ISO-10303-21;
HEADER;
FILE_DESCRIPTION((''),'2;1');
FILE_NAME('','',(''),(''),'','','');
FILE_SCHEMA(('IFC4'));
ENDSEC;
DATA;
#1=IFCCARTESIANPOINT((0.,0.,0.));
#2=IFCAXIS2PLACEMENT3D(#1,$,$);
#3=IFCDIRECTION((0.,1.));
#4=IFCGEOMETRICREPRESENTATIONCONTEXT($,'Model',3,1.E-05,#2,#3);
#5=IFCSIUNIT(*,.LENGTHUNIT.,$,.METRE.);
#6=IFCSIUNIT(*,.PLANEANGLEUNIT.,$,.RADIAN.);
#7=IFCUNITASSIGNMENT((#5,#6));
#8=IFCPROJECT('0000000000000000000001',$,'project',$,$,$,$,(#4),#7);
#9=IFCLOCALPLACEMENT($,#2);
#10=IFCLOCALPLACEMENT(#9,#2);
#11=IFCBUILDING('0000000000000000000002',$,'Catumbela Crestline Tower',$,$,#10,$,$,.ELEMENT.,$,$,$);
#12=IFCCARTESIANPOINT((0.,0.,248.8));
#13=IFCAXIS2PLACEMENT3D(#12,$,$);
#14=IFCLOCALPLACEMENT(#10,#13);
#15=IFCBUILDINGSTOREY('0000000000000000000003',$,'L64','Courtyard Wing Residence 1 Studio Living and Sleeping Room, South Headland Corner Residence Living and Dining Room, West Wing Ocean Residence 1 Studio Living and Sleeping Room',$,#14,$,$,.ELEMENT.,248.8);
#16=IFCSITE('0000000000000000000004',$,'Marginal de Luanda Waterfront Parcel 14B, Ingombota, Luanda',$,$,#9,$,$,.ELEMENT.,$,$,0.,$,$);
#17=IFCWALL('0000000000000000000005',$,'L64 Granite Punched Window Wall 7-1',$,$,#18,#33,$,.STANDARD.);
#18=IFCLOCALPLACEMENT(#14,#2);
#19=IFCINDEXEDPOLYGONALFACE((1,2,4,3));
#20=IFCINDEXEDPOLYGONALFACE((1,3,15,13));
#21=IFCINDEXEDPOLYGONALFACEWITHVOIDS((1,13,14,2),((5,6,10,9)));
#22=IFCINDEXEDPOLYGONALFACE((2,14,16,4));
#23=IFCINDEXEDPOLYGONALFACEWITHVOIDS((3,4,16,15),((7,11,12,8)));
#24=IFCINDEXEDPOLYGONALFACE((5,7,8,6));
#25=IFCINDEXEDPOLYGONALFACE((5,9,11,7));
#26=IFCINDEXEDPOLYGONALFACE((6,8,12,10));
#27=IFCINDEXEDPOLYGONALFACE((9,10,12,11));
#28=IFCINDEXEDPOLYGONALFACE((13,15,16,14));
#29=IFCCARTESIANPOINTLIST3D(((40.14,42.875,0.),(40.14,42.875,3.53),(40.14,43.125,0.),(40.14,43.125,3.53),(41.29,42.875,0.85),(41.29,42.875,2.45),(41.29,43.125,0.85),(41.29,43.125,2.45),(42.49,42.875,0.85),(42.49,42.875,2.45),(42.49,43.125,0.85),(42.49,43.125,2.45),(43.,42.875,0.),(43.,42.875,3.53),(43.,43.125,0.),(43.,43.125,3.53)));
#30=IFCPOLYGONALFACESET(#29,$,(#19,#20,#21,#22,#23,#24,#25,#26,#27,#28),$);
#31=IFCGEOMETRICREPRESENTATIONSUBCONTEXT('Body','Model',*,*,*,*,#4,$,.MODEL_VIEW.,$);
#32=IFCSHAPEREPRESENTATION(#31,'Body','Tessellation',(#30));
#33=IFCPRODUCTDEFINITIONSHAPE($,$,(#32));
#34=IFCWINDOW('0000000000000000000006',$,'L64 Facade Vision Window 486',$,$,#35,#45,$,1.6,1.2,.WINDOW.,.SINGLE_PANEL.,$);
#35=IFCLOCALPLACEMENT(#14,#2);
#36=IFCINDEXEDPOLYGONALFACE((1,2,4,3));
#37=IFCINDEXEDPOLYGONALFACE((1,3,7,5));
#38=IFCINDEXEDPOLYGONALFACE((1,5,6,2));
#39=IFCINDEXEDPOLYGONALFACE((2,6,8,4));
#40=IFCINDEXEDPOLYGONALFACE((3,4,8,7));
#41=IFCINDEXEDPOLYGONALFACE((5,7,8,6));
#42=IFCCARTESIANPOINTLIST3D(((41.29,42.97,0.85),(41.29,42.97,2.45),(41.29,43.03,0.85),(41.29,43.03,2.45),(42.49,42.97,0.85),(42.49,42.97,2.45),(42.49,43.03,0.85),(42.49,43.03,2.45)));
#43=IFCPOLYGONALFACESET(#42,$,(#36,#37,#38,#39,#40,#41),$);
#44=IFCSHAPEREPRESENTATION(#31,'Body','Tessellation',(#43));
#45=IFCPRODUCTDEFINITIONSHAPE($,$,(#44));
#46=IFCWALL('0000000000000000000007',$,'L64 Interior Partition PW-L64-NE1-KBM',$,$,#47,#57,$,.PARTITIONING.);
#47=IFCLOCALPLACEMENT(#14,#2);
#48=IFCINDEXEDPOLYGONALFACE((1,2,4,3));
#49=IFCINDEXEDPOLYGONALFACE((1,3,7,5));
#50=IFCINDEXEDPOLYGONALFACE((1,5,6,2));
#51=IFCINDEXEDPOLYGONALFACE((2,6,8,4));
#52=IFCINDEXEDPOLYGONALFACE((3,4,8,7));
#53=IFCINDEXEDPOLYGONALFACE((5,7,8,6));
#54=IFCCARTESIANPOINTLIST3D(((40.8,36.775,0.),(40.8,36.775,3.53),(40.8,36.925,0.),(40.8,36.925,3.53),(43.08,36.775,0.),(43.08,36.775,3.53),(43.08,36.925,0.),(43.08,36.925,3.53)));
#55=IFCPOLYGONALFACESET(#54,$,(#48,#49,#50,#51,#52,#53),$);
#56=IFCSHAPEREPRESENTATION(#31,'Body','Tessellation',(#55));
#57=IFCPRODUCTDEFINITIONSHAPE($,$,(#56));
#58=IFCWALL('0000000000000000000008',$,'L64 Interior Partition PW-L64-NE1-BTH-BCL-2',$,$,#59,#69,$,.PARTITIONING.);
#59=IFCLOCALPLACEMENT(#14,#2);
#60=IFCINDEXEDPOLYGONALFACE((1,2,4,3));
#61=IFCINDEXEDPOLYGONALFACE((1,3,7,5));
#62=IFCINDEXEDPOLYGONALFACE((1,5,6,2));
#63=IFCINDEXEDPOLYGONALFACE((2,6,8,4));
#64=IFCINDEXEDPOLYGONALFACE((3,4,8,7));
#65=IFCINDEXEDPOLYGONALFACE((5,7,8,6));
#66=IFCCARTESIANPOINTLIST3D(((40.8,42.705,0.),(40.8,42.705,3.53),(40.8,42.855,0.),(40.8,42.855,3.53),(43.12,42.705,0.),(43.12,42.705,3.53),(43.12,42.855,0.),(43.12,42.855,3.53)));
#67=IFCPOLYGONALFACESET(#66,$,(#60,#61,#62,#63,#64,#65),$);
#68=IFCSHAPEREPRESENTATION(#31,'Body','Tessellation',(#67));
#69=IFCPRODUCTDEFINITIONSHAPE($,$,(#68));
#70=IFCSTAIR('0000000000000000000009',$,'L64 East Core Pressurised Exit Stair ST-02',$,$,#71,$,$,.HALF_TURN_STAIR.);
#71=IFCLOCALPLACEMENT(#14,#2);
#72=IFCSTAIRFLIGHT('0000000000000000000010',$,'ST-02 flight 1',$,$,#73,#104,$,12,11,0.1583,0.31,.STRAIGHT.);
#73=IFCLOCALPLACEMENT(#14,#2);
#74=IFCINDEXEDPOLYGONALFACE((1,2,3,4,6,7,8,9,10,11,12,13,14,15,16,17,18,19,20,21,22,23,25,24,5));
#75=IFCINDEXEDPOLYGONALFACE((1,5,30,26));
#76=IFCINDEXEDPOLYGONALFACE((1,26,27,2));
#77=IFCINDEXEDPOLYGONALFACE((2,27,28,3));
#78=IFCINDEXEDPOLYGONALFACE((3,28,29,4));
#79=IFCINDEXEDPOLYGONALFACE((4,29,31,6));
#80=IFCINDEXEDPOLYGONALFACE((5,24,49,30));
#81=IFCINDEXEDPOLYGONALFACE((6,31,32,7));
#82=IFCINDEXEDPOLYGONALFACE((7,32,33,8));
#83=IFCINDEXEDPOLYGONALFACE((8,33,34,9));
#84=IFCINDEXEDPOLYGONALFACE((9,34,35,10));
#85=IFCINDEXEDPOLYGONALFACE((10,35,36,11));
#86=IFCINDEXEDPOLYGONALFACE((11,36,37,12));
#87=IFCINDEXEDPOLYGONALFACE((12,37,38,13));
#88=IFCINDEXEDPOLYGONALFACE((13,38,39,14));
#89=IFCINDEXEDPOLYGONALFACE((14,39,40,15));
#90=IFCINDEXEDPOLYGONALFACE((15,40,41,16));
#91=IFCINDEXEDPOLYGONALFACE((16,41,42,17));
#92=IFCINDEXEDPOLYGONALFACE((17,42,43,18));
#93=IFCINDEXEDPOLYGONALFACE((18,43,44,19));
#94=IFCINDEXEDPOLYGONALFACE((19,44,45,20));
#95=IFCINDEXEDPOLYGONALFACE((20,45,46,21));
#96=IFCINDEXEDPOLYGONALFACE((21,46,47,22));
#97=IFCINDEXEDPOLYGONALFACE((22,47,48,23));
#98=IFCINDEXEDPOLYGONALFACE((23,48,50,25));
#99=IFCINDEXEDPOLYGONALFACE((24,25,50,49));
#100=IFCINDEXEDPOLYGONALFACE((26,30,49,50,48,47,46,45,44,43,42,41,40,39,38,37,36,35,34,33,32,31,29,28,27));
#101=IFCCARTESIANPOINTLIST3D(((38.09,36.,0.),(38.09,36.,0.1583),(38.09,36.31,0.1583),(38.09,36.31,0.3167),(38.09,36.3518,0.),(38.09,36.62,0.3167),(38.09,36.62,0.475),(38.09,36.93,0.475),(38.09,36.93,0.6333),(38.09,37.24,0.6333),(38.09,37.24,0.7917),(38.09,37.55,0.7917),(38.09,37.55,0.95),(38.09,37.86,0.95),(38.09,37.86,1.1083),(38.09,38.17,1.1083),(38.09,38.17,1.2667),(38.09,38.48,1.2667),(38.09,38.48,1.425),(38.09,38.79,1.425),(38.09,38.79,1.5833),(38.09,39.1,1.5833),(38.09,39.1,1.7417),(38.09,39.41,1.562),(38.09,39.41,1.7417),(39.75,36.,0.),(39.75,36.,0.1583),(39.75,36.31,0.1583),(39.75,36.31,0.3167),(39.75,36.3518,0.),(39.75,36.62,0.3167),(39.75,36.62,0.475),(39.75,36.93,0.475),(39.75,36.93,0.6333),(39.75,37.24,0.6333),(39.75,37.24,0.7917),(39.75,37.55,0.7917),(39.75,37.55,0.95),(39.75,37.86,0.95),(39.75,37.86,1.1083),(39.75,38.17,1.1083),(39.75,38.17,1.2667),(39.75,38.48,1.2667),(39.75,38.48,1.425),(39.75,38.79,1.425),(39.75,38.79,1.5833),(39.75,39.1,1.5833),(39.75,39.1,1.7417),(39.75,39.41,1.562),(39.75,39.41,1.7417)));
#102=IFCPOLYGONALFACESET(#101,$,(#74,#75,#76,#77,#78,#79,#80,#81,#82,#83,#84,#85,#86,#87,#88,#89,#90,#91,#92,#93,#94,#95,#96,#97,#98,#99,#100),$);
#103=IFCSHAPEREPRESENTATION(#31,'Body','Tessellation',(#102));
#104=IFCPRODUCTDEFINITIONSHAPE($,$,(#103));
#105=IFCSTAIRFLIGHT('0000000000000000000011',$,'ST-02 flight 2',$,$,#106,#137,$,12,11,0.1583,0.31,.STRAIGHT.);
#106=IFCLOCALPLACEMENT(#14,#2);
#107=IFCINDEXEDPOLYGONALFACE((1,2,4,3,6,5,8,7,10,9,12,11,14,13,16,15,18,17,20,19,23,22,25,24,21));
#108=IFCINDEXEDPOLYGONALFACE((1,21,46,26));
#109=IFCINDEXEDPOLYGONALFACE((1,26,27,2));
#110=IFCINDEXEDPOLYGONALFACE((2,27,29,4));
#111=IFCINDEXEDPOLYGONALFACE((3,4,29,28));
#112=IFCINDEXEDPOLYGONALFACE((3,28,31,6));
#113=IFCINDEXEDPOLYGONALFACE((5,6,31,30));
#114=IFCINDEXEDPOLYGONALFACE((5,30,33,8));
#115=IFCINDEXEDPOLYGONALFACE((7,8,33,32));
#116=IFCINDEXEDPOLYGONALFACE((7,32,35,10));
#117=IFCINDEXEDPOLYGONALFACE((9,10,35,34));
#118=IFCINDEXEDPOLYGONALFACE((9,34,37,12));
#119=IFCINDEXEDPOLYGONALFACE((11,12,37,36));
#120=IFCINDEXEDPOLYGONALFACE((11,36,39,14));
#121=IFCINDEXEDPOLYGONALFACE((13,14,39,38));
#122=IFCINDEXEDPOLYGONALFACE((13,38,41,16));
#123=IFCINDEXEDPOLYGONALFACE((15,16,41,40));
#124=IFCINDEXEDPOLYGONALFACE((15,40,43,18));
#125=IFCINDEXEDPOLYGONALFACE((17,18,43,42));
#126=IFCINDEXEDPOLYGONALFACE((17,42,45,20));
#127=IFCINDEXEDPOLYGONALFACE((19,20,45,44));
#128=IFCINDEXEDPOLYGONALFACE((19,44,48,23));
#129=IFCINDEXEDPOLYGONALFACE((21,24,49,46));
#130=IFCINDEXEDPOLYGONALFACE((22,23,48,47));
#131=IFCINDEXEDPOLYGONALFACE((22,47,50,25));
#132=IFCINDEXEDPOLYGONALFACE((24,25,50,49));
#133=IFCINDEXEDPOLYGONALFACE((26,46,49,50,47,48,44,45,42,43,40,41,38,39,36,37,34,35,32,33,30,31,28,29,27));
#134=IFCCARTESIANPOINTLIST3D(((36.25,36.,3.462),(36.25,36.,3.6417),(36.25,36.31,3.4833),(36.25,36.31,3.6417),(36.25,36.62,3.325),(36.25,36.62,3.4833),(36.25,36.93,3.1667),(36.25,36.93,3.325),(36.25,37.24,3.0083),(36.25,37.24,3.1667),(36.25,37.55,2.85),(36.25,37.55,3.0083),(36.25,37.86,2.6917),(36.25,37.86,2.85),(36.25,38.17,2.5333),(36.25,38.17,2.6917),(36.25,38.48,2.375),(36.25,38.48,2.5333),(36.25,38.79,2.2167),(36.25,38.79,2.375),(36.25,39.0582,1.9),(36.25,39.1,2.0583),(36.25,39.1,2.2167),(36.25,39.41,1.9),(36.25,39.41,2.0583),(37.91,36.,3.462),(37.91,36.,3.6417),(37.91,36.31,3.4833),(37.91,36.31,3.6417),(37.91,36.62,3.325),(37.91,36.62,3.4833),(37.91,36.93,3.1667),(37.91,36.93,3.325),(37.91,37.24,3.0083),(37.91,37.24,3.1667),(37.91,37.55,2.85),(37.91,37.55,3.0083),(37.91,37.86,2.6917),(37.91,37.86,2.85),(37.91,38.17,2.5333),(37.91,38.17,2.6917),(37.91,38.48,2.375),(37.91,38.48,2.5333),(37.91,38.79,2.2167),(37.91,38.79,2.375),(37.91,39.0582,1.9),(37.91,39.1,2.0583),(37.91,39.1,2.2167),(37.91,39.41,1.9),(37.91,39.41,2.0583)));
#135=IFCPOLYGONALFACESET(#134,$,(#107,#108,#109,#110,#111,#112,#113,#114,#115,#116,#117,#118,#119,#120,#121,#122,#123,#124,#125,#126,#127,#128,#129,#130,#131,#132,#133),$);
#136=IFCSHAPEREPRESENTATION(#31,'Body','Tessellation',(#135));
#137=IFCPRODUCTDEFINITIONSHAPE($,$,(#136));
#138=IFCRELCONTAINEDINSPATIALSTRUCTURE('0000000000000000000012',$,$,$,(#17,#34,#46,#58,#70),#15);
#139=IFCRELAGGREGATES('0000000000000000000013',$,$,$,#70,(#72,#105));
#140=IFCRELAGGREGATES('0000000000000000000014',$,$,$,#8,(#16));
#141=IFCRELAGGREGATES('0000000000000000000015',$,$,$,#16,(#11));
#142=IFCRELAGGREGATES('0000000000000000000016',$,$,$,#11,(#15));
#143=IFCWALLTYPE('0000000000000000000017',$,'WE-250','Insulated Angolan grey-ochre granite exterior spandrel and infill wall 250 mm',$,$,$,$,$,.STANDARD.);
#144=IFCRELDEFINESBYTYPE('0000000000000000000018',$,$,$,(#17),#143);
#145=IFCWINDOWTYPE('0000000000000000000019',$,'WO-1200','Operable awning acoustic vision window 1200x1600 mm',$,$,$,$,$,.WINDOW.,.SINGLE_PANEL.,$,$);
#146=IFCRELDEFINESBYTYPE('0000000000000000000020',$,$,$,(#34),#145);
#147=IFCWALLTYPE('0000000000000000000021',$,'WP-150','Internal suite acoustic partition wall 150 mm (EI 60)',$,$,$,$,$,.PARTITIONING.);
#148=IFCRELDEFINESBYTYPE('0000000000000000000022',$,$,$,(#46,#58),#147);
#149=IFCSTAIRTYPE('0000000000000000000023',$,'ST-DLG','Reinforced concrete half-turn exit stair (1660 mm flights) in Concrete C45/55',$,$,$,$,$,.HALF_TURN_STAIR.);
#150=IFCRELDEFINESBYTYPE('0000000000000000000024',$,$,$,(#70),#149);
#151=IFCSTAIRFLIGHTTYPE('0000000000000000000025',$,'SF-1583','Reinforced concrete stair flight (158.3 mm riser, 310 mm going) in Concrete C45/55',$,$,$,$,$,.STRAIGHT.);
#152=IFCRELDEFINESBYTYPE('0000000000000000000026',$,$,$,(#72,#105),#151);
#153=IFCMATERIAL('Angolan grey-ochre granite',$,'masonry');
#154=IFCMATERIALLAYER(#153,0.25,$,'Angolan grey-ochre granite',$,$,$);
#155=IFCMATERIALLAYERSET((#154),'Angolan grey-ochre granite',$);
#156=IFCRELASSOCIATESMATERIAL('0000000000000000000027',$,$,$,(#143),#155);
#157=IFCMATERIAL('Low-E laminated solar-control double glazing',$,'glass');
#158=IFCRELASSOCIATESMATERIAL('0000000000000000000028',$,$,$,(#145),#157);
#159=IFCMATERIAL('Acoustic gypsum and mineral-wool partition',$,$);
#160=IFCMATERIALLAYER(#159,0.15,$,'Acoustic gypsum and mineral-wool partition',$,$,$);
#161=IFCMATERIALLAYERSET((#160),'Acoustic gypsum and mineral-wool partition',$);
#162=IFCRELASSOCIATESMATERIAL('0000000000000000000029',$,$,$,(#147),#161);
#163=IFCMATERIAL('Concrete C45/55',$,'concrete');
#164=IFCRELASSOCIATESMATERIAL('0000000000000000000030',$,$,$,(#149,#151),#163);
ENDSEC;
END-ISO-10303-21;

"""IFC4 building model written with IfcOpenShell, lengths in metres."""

from ifc_helpers import new_model, si_unit, direction, frame, frame_2d, origin, place, context, subcontext, project, spatial, polyline, rectangle, outline, extrude, material, layer, layer_set, type_object, element, fill, aggregate, save


model = new_model("IFC4")

# Units and contexts
model_context = context("Model", 3, precision=1e-05, world=origin(), true_north=direction((0.0, 1.0)))
body_context = subcontext(model_context, "Body", "Model", "MODEL_VIEW")
ifc_project = project(units=[si_unit("LENGTHUNIT", "METRE"), si_unit("PLANEANGLEUNIT", "RADIAN")], contexts=[model_context])

# Site, building, storey
site_placement = place(None, origin())
site = spatial("IfcSite", under=ifc_project, at=site_placement, Name="Marginal de Luanda Waterfront Parcel 14B, Ingombota, Luanda", CompositionType="ELEMENT", RefElevation=0.0)
building_placement = place(site_placement, origin())
building = spatial("IfcBuilding", under=site, at=building_placement, Name="Catumbela Crestline Tower", CompositionType="ELEMENT")
storey_placement = place(building_placement, frame((0.0, 0.0, 248.8)))
storey = spatial("IfcBuildingStorey", under=building, at=storey_placement, Name="L64", Description="Courtyard Wing Residence 1 Studio Living and Sleeping Room, South Headland Corner Residence Living and Dining Room, West Wing Ocean Residence 1 Studio Living and Sleeping Room", CompositionType="ELEMENT", Elevation=248.8)

# Shared definitions
ifc_material_1 = material(Name="Concrete C45/55", Category="concrete")

# Shared definitions
ifc_material_2 = material(Name="Low-E laminated solar-control double glazing", Category="glass")

# Wall, opening, window
ifc_material_3 = material(Name="Angolan grey-ochre granite", Category="masonry")
ifc_layer_1 = layer(ifc_material_3, 0.25, Name="Angolan grey-ochre granite")
ifc_layer_set_1 = layer_set([ifc_layer_1], Name="Angolan grey-ochre granite")
wall_type_1 = type_object("IfcWallType", Name="WE-250", Description="Insulated Angolan grey-ochre granite exterior spandrel and infill wall 250 mm", PredefinedType="STANDARD", material=ifc_layer_set_1)
wall_1_placement = place(storey_placement, frame((43.0, 43.0, 0.0), z_axis=(0.0, 0.0, 1.0), x_axis=(-1.0, 0.0, 0.0)))
wall_1 = element("IfcWall", 1, at=wall_1_placement, inside=storey, type_object=wall_type_1, Name="L64 Granite Punched Window Wall 7-1", PredefinedType="STANDARD", context=body_context, shape_type="SweptSolid", body=[
    extrude(rectangle(XDim=2.86, YDim=0.25, at=frame_2d((1.43, 0.0))), origin(), (0.0, 0.0, 1.0), 3.53),
])
opening_1_placement = place(wall_1_placement, frame((0.51, 0.0, 0.85)))
opening_1 = element("IfcOpeningElement", 2, at=opening_1_placement, cuts=wall_1, PredefinedType="OPENING", context=body_context, shape_type="SweptSolid", body=[
    extrude(rectangle(XDim=1.2, YDim=1.6, at=frame_2d((0.6, 0.8))), frame((0.0, 0.135, 0.0), z_axis=(0.0, -1.0, 0.0), x_axis=(1.0, 0.0, 0.0)), (0.0, 0.0, 1.0), 0.27),
])
window_type_1 = type_object("IfcWindowType", Name="WO-1200", Description="Operable awning acoustic vision window 1200x1600 mm", PartitioningType="SINGLE_PANEL", PredefinedType="WINDOW", material=ifc_material_2)
window_1_placement = place(opening_1_placement, origin())
window_1 = element("IfcWindow", 3, at=window_1_placement, inside=storey, type_object=window_type_1, Name="L64 Facade Vision Window 486", OverallHeight=1.6, OverallWidth=1.2, PartitioningType="SINGLE_PANEL", PredefinedType="WINDOW", context=body_context, shape_type="SweptSolid", body=[
    extrude(rectangle(XDim=1.2, YDim=1.6, at=frame_2d((0.6, 0.8))), frame((0.0, 0.03, 0.0), z_axis=(0.0, -1.0, 0.0), x_axis=(1.0, 0.0, 0.0)), (0.0, 0.0, 1.0), 0.06),
])
fill(opening_1, window_1)

# Walls
ifc_material_4 = material(Name="Acoustic gypsum and mineral-wool partition")
ifc_layer_2 = layer(ifc_material_4, 0.15, Name="Acoustic gypsum and mineral-wool partition")
ifc_layer_set_2 = layer_set([ifc_layer_2], Name="Acoustic gypsum and mineral-wool partition")
wall_type_2 = type_object("IfcWallType", Name="WP-150", Description="Internal suite acoustic partition wall 150 mm (EI 60)", PredefinedType="PARTITIONING", material=ifc_layer_set_2)
wall_2_placement = place(storey_placement, frame((40.8, 36.85, 0.0), z_axis=(0.0, 0.0, 1.0), x_axis=(1.0, 0.0, 0.0)))
element("IfcWall", 4, at=wall_2_placement, inside=storey, type_object=wall_type_2, Name="L64 Interior Partition PW-L64-NE1-KBM", PredefinedType="PARTITIONING", context=body_context, shape_type="SweptSolid", body=[
    extrude(rectangle(XDim=2.28, YDim=0.15, at=frame_2d((1.14, 0.0))), origin(), (0.0, 0.0, 1.0), 3.53),
])
wall_3_placement = place(storey_placement, frame((40.8, 42.78, 0.0), z_axis=(0.0, 0.0, 1.0), x_axis=(1.0, 0.0, 0.0)))
element("IfcWall", 5, at=wall_3_placement, inside=storey, type_object=wall_type_2, Name="L64 Interior Partition PW-L64-NE1-BTH-BCL-2", PredefinedType="PARTITIONING", context=body_context, shape_type="SweptSolid", body=[
    extrude(rectangle(XDim=2.32, YDim=0.15, at=frame_2d((1.16, 0.0))), origin(), (0.0, 0.0, 1.0), 3.53),
])

# Stair, stair flights
stair_type = type_object("IfcStairType", Name="ST-DLG", Description="Reinforced concrete half-turn exit stair (1660 mm flights) in Concrete C45/55", PredefinedType="HALF_TURN_STAIR", material=ifc_material_1)
stair_placement = place(storey_placement, origin())
stair = element("IfcStair", 6, at=stair_placement, inside=storey, type_object=stair_type, Name="L64 East Core Pressurised Exit Stair ST-02", PredefinedType="HALF_TURN_STAIR")
stair_flight_type = type_object("IfcStairFlightType", Name="SF-1583", Description="Reinforced concrete stair flight (158.3 mm riser, 310 mm going) in Concrete C45/55", PredefinedType="STRAIGHT", material=ifc_material_1)
stair_flight_1_placement = place(storey_placement, frame((38.92, 36.0, 0.0), z_axis=(0.0, 0.0, 1.0), x_axis=(0.0, 1.0, 0.0)))
stair_flight_1 = element("IfcStairFlight", 7, at=stair_flight_1_placement, type_object=stair_flight_type, Name="ST-02 flight 1", NumberOfRisers=12, NumberOfTreads=11, PredefinedType="STRAIGHT", RiserHeight=0.1583, TreadLength=0.31, context=body_context, shape_type="SweptSolid", body=[
    extrude(outline(polyline([(0.0, 0.0), (0.0, 0.1583), (0.31, 0.1583), (0.31, 0.3167), (0.62, 0.3167), (0.62, 0.475), (0.93, 0.475), (0.93, 0.6333), (1.24, 0.6333), (1.24, 0.7917), (1.55, 0.7917), (1.55, 0.95), (1.86, 0.95), (1.86, 1.1083), (2.17, 1.1083), (2.17, 1.2667), (2.48, 1.2667), (2.48, 1.425), (2.79, 1.425), (2.79, 1.5833), (3.1, 1.5833), (3.1, 1.7417), (3.41, 1.7417), (3.41, 1.9), (3.41, 1.562), (0.3518, 0.0), (0.0, 0.0)])), frame((0.0, 0.83, 0.0), z_axis=(0.0, -1.0, 0.0), x_axis=(1.0, 0.0, 0.0)), (0.0, 0.0, 1.0), 1.66),
])
stair_flight_2_placement = place(storey_placement, frame((37.08, 39.41, 1.9), z_axis=(0.0, 0.0, 1.0), x_axis=(0.0, -1.0, 0.0)))
stair_flight_2 = element("IfcStairFlight", 8, at=stair_flight_2_placement, type_object=stair_flight_type, Name="ST-02 flight 2", NumberOfRisers=12, NumberOfTreads=11, PredefinedType="STRAIGHT", RiserHeight=0.1583, TreadLength=0.31, context=body_context, shape_type="SweptSolid", body=[
    extrude(outline(polyline([(0.0, 0.0), (0.0, 0.1583), (0.31, 0.1583), (0.31, 0.3167), (0.62, 0.3167), (0.62, 0.475), (0.93, 0.475), (0.93, 0.6333), (1.24, 0.6333), (1.24, 0.7917), (1.55, 0.7917), (1.55, 0.95), (1.86, 0.95), (1.86, 1.1083), (2.17, 1.1083), (2.17, 1.2667), (2.48, 1.2667), (2.48, 1.425), (2.79, 1.425), (2.79, 1.5833), (3.1, 1.5833), (3.1, 1.7417), (3.41, 1.7417), (3.41, 1.9), (3.41, 1.562), (0.3518, 0.0), (0.0, 0.0)])), frame((0.0, 0.83, 0.0), z_axis=(0.0, -1.0, 0.0), x_axis=(1.0, 0.0, 0.0)), (0.0, 0.0, 1.0), 1.66),
])
aggregate(stair, [stair_flight_1, stair_flight_2])

save(model, "model.ifc")
